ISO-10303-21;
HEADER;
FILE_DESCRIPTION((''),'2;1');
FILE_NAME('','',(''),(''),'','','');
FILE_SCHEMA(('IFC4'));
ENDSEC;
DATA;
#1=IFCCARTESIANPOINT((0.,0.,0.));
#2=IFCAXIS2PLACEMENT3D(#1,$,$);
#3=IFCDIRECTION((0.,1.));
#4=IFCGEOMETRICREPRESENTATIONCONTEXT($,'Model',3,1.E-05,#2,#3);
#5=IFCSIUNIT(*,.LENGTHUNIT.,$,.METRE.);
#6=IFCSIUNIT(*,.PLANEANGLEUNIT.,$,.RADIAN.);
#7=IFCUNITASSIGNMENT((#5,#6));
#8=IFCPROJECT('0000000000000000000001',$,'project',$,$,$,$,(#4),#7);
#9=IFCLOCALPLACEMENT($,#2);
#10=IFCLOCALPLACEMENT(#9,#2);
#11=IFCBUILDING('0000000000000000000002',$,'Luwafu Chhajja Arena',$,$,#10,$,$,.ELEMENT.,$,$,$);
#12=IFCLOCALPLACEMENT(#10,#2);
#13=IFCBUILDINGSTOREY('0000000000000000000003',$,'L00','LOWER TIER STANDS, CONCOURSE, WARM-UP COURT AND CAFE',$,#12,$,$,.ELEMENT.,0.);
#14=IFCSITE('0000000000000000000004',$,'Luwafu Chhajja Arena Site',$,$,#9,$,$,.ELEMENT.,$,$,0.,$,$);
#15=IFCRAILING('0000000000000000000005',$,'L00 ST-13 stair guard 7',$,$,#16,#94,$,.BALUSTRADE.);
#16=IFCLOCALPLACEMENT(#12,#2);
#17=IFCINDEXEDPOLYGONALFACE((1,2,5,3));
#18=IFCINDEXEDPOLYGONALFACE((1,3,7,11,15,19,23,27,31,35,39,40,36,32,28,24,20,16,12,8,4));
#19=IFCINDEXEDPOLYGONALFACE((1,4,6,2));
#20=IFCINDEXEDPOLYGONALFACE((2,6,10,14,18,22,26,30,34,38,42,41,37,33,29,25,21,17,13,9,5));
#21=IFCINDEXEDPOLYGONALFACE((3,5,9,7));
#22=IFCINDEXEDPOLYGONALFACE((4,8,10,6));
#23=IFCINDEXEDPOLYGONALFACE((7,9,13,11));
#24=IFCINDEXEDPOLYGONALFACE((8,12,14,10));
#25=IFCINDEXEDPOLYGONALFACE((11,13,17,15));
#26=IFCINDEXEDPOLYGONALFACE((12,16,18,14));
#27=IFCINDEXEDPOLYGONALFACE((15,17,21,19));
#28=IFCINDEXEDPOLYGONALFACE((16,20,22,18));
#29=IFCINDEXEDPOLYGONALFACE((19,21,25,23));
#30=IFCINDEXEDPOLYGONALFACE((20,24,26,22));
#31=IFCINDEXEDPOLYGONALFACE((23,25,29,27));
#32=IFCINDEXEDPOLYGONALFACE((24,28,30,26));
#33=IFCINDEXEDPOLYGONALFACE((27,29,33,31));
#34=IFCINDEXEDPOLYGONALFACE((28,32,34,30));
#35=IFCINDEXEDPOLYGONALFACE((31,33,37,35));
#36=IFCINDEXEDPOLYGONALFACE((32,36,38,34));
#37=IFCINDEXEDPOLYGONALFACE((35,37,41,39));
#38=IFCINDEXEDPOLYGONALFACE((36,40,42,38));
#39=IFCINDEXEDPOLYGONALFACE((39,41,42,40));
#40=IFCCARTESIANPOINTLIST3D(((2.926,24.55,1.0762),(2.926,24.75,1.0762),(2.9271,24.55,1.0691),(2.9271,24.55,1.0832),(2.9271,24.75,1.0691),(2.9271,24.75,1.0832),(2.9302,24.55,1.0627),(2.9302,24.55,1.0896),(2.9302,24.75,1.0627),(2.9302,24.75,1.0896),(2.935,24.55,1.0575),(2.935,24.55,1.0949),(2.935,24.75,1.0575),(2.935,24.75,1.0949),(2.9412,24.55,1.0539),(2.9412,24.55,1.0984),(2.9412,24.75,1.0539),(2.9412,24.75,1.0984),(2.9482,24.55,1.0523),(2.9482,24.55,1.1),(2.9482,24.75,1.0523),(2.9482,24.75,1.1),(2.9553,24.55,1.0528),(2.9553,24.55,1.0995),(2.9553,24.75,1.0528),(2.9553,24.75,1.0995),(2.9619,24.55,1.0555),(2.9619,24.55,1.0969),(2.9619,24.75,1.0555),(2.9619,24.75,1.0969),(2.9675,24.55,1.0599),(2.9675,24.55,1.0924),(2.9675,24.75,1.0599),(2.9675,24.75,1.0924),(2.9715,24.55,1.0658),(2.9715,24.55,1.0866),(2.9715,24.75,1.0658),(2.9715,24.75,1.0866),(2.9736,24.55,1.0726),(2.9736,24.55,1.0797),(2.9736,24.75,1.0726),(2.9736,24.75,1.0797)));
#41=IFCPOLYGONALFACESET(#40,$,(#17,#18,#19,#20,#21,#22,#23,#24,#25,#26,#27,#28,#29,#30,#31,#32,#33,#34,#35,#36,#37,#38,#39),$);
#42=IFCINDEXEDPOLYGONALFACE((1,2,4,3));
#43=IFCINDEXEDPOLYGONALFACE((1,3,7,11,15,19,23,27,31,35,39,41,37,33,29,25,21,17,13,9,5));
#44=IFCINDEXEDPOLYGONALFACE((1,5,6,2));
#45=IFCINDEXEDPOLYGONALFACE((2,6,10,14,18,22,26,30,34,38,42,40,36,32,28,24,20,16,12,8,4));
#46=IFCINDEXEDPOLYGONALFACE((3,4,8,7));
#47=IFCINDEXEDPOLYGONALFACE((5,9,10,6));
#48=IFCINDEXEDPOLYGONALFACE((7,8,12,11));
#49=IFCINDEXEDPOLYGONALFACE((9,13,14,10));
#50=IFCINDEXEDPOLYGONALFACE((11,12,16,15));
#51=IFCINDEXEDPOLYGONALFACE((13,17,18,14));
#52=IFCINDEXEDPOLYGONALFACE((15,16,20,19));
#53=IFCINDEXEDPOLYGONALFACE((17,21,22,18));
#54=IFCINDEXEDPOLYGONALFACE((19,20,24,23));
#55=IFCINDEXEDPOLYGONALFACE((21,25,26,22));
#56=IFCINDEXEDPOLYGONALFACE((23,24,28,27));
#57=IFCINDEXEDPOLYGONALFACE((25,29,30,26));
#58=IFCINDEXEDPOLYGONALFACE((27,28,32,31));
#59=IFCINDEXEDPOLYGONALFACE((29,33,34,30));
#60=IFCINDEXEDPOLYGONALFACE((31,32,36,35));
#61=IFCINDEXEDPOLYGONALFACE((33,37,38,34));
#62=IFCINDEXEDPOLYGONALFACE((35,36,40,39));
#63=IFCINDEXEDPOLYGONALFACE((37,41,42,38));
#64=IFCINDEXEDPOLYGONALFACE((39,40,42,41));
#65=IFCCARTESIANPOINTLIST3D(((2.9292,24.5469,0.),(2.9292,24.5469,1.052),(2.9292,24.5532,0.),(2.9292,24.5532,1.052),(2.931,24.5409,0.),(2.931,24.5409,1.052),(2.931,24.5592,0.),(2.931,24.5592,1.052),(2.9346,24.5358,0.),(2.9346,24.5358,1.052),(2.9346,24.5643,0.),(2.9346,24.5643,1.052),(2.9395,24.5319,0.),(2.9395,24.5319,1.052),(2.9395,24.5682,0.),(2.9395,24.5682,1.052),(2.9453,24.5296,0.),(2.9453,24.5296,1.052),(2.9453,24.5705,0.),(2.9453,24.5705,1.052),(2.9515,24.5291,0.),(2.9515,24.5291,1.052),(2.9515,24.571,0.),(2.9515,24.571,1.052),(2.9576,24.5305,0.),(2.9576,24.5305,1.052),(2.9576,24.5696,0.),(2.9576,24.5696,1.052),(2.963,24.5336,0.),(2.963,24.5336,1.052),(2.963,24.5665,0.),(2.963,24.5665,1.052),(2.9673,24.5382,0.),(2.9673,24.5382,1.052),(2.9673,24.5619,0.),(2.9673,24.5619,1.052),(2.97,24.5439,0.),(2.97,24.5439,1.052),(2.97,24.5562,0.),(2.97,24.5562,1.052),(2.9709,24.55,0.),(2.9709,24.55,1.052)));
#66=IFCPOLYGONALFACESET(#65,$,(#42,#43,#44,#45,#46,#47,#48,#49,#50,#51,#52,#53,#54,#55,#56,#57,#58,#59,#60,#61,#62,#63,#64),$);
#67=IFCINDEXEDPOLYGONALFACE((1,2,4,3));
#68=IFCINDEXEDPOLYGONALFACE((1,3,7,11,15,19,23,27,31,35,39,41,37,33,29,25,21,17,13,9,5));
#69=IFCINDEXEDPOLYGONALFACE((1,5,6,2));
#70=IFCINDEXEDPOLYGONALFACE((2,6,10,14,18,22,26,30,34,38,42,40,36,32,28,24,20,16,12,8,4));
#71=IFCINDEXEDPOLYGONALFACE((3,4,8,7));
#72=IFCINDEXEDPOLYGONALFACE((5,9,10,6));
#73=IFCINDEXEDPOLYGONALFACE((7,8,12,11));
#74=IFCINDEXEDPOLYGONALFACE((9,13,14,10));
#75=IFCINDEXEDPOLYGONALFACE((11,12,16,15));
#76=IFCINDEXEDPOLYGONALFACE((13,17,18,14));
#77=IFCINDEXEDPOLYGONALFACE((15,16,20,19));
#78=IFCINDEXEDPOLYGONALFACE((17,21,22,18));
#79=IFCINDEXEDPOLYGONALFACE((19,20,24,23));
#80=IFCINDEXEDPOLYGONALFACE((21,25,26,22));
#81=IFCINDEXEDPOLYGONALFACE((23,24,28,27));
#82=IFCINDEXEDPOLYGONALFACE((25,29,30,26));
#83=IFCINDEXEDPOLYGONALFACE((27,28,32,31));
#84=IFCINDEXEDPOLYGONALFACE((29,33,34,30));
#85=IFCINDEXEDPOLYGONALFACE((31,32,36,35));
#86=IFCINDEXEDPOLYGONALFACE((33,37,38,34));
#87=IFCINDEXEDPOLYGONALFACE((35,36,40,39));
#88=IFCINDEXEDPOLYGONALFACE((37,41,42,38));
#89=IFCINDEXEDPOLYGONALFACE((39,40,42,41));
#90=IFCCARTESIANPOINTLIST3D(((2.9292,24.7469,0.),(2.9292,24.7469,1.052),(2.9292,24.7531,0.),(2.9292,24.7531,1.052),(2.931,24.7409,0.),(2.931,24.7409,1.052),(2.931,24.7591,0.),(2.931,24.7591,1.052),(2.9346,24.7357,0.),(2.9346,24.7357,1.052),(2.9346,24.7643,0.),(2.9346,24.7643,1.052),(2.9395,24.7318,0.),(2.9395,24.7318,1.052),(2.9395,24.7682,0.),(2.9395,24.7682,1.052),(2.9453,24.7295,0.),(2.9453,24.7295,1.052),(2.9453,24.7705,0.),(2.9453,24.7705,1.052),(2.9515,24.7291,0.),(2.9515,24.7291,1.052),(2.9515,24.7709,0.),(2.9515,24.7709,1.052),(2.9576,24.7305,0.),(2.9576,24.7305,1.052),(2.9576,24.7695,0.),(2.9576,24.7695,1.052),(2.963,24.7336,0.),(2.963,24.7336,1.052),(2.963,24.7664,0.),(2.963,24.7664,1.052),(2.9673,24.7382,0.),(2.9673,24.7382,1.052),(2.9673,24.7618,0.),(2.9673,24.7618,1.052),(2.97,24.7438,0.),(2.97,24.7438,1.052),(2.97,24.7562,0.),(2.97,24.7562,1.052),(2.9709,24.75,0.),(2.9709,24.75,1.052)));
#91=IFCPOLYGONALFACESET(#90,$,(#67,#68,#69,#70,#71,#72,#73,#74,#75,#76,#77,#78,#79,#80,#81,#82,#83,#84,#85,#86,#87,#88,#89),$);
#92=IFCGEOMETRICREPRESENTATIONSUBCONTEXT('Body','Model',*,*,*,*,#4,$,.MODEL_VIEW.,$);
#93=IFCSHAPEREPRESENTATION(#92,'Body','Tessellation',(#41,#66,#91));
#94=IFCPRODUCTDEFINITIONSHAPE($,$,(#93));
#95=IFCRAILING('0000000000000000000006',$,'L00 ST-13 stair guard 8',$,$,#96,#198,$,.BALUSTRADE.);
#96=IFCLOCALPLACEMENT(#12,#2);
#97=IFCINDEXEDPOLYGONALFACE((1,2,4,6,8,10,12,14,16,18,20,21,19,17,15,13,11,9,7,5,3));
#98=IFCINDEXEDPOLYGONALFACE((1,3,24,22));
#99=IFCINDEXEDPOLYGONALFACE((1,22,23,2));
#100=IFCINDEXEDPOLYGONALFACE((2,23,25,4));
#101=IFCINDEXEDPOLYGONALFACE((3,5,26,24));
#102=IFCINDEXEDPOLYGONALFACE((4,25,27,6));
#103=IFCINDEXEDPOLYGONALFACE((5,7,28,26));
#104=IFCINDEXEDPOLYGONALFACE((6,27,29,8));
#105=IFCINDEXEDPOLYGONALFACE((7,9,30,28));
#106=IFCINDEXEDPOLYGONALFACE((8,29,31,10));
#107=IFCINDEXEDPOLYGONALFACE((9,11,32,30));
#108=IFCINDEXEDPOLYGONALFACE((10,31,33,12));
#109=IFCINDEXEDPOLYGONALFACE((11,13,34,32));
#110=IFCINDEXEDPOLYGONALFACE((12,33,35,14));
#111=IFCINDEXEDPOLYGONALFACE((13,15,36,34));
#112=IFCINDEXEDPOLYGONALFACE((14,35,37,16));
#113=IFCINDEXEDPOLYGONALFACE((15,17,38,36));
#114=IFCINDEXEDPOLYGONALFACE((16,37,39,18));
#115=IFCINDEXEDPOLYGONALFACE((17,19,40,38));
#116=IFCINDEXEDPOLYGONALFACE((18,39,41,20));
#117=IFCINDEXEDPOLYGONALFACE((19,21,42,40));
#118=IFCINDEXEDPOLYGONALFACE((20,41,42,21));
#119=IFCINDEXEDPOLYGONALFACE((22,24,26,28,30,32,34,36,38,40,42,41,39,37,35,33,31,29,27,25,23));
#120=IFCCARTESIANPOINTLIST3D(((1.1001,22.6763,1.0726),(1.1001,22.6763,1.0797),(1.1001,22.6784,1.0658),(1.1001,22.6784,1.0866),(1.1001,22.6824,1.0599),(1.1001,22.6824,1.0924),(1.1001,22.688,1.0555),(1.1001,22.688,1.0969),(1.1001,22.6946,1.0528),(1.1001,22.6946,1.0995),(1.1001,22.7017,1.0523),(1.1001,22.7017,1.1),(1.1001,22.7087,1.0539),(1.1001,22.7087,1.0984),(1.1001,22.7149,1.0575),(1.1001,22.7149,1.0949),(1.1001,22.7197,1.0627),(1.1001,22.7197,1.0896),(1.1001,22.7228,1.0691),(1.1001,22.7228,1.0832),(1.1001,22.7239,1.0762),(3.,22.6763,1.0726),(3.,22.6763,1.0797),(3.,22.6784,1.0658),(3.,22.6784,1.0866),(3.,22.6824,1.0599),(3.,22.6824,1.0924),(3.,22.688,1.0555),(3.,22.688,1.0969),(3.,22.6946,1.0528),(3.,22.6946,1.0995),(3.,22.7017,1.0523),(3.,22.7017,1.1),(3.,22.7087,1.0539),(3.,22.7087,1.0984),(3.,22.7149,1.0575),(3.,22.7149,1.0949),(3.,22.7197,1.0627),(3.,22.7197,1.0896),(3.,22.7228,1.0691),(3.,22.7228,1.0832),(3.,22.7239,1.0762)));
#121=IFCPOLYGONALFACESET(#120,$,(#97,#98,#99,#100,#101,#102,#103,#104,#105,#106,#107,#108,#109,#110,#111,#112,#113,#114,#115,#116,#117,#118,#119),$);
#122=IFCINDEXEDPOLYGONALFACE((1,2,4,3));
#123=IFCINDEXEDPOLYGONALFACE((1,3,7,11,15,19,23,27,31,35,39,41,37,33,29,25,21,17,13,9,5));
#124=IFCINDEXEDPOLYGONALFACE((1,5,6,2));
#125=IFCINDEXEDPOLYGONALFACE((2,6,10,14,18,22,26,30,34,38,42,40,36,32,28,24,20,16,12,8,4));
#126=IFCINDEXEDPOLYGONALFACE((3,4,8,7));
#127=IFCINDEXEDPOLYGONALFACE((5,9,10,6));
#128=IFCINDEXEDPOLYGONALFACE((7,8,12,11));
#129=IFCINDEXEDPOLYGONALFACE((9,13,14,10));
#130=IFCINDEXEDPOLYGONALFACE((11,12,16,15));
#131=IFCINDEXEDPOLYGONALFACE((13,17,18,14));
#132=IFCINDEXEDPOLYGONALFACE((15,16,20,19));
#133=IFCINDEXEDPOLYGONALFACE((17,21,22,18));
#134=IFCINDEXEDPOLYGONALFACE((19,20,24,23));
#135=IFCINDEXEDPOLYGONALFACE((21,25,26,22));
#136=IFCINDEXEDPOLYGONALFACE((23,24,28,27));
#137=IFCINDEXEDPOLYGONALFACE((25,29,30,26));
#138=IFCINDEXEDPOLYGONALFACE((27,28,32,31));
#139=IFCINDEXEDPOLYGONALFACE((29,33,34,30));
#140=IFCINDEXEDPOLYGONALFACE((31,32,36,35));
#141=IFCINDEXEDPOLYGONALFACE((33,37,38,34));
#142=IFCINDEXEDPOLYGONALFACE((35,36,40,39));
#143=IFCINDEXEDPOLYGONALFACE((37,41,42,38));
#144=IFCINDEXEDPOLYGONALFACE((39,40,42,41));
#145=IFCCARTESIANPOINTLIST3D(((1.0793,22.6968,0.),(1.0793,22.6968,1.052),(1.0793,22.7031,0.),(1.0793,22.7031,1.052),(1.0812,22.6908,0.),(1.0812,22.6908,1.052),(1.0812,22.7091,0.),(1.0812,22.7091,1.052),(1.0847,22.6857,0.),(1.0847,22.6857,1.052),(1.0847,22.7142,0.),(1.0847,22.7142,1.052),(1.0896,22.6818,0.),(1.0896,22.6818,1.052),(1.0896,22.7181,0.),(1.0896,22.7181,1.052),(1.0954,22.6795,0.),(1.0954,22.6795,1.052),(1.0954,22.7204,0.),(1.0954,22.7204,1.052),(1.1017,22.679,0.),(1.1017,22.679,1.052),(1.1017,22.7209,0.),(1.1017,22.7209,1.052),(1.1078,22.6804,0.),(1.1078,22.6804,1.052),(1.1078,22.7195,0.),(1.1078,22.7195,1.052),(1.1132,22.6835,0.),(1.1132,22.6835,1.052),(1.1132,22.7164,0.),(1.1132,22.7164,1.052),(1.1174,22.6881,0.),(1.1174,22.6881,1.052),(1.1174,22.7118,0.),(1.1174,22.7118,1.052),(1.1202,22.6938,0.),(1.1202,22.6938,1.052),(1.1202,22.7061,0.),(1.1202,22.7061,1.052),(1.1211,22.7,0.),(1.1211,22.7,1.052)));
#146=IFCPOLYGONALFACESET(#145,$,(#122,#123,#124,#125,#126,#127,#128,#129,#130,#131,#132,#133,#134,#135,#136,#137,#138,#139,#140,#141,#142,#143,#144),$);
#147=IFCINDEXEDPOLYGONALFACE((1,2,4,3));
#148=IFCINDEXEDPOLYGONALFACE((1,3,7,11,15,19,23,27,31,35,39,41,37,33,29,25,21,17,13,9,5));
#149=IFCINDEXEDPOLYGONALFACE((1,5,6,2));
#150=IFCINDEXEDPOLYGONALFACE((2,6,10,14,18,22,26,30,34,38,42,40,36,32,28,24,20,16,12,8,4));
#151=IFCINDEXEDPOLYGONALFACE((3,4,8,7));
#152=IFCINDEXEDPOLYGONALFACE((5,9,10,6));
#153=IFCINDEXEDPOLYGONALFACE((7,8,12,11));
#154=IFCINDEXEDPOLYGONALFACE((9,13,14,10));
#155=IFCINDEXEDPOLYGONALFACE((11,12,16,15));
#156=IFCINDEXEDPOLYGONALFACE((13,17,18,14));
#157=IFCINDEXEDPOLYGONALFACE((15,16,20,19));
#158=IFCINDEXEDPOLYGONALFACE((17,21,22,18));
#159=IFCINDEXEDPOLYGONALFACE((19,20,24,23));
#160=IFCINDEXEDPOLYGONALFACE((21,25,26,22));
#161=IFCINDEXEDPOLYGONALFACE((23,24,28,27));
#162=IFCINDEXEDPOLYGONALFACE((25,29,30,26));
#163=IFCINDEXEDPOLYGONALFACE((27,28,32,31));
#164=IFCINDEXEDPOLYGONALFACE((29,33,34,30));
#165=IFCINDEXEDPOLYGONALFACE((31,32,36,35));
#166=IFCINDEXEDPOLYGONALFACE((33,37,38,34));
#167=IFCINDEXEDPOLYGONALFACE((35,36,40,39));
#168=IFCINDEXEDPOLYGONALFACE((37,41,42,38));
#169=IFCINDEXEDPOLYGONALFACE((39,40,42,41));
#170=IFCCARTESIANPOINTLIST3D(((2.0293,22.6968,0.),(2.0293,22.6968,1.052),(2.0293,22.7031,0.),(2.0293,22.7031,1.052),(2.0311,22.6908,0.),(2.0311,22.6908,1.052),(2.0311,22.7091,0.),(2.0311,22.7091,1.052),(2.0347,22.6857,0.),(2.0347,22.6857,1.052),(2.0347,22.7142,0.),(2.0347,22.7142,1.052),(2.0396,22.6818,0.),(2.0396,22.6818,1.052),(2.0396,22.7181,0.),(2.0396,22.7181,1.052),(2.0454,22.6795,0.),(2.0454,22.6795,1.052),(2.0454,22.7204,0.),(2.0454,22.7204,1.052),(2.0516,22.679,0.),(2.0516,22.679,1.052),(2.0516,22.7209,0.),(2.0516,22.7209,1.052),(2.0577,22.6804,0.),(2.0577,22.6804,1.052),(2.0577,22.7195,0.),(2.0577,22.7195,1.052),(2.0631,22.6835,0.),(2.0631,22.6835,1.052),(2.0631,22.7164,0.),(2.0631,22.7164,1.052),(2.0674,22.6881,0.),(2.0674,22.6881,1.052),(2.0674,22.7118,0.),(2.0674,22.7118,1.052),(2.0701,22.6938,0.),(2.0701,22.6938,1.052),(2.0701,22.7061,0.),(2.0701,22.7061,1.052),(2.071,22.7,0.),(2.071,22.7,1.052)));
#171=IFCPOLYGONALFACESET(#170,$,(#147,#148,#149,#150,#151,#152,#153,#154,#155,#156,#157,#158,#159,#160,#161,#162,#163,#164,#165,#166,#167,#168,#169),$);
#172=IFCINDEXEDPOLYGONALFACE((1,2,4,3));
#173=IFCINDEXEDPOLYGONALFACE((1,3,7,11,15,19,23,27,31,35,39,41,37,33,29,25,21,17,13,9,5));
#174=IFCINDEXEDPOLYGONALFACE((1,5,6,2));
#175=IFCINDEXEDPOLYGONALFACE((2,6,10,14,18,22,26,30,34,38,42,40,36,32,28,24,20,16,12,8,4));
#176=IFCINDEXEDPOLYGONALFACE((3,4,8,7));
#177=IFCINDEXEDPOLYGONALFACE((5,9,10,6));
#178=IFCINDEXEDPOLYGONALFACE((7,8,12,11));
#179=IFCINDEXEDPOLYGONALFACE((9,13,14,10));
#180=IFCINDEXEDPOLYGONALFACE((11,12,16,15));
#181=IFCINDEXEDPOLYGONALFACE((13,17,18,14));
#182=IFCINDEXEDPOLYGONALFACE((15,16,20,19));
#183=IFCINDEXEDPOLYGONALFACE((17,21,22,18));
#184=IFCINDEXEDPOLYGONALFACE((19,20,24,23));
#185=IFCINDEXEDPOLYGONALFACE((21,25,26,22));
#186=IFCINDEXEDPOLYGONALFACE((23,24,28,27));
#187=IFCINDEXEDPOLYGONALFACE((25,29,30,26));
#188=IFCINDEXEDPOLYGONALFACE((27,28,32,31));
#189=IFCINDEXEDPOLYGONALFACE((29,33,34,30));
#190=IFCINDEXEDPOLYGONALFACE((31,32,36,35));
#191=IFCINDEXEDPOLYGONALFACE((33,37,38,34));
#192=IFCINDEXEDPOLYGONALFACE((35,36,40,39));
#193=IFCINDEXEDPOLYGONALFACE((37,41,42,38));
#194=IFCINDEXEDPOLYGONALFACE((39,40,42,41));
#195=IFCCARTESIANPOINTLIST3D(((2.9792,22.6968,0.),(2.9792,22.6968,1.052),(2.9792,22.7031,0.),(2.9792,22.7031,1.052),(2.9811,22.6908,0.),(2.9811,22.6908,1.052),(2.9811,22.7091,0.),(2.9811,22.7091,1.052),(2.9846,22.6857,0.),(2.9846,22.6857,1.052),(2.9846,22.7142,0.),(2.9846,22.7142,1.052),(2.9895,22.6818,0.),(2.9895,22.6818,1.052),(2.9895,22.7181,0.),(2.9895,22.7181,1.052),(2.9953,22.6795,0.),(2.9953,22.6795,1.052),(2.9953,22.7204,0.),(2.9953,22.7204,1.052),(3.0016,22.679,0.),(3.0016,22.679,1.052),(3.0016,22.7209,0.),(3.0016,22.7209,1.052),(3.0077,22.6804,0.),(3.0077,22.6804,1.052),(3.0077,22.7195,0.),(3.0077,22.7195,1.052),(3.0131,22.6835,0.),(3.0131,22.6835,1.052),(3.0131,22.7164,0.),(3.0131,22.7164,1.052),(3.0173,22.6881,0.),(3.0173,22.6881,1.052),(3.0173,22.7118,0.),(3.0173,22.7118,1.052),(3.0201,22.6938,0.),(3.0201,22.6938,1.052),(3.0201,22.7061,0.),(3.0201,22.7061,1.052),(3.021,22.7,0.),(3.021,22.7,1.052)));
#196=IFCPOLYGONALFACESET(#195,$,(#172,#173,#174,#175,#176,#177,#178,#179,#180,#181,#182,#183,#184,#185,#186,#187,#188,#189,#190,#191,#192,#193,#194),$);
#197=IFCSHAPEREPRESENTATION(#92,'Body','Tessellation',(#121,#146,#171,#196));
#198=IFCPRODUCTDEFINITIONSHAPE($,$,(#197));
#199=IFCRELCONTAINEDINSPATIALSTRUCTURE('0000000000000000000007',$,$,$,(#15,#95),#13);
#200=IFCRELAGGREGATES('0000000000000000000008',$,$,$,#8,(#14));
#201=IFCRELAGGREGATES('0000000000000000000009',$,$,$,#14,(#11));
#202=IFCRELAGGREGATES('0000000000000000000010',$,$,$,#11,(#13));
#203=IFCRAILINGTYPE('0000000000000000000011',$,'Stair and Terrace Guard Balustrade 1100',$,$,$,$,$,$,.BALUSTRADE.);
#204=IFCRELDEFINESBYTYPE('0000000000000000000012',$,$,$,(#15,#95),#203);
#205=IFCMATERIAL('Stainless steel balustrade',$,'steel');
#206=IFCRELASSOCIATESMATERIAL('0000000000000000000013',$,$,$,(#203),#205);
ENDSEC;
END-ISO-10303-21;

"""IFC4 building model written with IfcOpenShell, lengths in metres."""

from ifc_helpers import new_model, si_unit, direction, frame, origin, origin_2d, place, context, subcontext, project, spatial, circle, extrude, material, type_object, element, save


model = new_model("IFC4")

# Units and contexts
model_context = context("Model", 3, precision=1e-05, world=origin(), true_north=direction((0.0, 1.0)))
body_context = subcontext(model_context, "Body", "Model", "MODEL_VIEW")
ifc_project = project(units=[si_unit("LENGTHUNIT", "METRE"), si_unit("PLANEANGLEUNIT", "RADIAN")], contexts=[model_context])

# Site, building, storey
site_placement = place(None, origin())
site = spatial("IfcSite", under=ifc_project, at=site_placement, Name="Luwafu Chhajja Arena Site", CompositionType="ELEMENT", RefElevation=0.0)
building_placement = place(site_placement, origin())
building = spatial("IfcBuilding", under=site, at=building_placement, Name="Luwafu Chhajja Arena", CompositionType="ELEMENT")
storey_placement = place(building_placement, origin())
storey = spatial("IfcBuildingStorey", under=building, at=storey_placement, Name="L00", Description="LOWER TIER STANDS, CONCOURSE, WARM-UP COURT AND CAFE", CompositionType="ELEMENT", Elevation=0.0)

# Railings
ifc_material_1 = material(Name="Stainless steel balustrade", Category="steel")
railing_type_1 = type_object("IfcRailingType", Name="Stair and Terrace Guard Balustrade 1100", PredefinedType="BALUSTRADE", material=ifc_material_1)
railing_1_placement = place(storey_placement, frame((2.95, 24.55, 0.0)))
element("IfcRailing", 1, at=railing_1_placement, inside=storey, type_object=railing_type_1, Name="L00 ST-13 stair guard 7", PredefinedType="BALUSTRADE", context=body_context, shape_type="SweptSolid", body=[
    extrude(circle(Radius=0.0239, at=origin_2d()), frame((0.0, 0.0, 1.0762), z_axis=(0.0, 1.0, 0.0), x_axis=(-1.0, 0.0, 0.0)), (0.0, 0.0, 1.0), 0.2),
    extrude(circle(Radius=0.021, at=origin_2d()), origin(), (0.0, 0.0, 1.0), 1.052),
    extrude(circle(Radius=0.021, at=origin_2d()), frame((0.0, 0.2, 0.0)), (0.0, 0.0, 1.0), 1.052),
])
for number, where, name in (
    (2, (1.1001, 22.7, 0.0), "L00 ST-13 stair guard 8"),
):
    element("IfcRailing", number, at=place(storey_placement, frame(where)), inside=storey, type_object=railing_type_1, Name=name, PredefinedType="BALUSTRADE", context=body_context, shape_type="SweptSolid", body=[
        extrude(circle(Radius=0.0239, at=origin_2d()), frame((0.0, 0.0, 1.0762), z_axis=(1.0, 0.0, 0.0), x_axis=(0.0, 1.0, 0.0)), (0.0, 0.0, 1.0), 1.8999),
        extrude(circle(Radius=0.021, at=origin_2d()), origin(), (0.0, 0.0, 1.0), 1.052),
        extrude(circle(Radius=0.021, at=origin_2d()), frame((0.95, 0.0, 0.0)), (0.0, 0.0, 1.0), 1.052),
        extrude(circle(Radius=0.021, at=origin_2d()), frame((1.8999, 0.0, 0.0)), (0.0, 0.0, 1.0), 1.052),
    ])

save(model, "model.ifc")
